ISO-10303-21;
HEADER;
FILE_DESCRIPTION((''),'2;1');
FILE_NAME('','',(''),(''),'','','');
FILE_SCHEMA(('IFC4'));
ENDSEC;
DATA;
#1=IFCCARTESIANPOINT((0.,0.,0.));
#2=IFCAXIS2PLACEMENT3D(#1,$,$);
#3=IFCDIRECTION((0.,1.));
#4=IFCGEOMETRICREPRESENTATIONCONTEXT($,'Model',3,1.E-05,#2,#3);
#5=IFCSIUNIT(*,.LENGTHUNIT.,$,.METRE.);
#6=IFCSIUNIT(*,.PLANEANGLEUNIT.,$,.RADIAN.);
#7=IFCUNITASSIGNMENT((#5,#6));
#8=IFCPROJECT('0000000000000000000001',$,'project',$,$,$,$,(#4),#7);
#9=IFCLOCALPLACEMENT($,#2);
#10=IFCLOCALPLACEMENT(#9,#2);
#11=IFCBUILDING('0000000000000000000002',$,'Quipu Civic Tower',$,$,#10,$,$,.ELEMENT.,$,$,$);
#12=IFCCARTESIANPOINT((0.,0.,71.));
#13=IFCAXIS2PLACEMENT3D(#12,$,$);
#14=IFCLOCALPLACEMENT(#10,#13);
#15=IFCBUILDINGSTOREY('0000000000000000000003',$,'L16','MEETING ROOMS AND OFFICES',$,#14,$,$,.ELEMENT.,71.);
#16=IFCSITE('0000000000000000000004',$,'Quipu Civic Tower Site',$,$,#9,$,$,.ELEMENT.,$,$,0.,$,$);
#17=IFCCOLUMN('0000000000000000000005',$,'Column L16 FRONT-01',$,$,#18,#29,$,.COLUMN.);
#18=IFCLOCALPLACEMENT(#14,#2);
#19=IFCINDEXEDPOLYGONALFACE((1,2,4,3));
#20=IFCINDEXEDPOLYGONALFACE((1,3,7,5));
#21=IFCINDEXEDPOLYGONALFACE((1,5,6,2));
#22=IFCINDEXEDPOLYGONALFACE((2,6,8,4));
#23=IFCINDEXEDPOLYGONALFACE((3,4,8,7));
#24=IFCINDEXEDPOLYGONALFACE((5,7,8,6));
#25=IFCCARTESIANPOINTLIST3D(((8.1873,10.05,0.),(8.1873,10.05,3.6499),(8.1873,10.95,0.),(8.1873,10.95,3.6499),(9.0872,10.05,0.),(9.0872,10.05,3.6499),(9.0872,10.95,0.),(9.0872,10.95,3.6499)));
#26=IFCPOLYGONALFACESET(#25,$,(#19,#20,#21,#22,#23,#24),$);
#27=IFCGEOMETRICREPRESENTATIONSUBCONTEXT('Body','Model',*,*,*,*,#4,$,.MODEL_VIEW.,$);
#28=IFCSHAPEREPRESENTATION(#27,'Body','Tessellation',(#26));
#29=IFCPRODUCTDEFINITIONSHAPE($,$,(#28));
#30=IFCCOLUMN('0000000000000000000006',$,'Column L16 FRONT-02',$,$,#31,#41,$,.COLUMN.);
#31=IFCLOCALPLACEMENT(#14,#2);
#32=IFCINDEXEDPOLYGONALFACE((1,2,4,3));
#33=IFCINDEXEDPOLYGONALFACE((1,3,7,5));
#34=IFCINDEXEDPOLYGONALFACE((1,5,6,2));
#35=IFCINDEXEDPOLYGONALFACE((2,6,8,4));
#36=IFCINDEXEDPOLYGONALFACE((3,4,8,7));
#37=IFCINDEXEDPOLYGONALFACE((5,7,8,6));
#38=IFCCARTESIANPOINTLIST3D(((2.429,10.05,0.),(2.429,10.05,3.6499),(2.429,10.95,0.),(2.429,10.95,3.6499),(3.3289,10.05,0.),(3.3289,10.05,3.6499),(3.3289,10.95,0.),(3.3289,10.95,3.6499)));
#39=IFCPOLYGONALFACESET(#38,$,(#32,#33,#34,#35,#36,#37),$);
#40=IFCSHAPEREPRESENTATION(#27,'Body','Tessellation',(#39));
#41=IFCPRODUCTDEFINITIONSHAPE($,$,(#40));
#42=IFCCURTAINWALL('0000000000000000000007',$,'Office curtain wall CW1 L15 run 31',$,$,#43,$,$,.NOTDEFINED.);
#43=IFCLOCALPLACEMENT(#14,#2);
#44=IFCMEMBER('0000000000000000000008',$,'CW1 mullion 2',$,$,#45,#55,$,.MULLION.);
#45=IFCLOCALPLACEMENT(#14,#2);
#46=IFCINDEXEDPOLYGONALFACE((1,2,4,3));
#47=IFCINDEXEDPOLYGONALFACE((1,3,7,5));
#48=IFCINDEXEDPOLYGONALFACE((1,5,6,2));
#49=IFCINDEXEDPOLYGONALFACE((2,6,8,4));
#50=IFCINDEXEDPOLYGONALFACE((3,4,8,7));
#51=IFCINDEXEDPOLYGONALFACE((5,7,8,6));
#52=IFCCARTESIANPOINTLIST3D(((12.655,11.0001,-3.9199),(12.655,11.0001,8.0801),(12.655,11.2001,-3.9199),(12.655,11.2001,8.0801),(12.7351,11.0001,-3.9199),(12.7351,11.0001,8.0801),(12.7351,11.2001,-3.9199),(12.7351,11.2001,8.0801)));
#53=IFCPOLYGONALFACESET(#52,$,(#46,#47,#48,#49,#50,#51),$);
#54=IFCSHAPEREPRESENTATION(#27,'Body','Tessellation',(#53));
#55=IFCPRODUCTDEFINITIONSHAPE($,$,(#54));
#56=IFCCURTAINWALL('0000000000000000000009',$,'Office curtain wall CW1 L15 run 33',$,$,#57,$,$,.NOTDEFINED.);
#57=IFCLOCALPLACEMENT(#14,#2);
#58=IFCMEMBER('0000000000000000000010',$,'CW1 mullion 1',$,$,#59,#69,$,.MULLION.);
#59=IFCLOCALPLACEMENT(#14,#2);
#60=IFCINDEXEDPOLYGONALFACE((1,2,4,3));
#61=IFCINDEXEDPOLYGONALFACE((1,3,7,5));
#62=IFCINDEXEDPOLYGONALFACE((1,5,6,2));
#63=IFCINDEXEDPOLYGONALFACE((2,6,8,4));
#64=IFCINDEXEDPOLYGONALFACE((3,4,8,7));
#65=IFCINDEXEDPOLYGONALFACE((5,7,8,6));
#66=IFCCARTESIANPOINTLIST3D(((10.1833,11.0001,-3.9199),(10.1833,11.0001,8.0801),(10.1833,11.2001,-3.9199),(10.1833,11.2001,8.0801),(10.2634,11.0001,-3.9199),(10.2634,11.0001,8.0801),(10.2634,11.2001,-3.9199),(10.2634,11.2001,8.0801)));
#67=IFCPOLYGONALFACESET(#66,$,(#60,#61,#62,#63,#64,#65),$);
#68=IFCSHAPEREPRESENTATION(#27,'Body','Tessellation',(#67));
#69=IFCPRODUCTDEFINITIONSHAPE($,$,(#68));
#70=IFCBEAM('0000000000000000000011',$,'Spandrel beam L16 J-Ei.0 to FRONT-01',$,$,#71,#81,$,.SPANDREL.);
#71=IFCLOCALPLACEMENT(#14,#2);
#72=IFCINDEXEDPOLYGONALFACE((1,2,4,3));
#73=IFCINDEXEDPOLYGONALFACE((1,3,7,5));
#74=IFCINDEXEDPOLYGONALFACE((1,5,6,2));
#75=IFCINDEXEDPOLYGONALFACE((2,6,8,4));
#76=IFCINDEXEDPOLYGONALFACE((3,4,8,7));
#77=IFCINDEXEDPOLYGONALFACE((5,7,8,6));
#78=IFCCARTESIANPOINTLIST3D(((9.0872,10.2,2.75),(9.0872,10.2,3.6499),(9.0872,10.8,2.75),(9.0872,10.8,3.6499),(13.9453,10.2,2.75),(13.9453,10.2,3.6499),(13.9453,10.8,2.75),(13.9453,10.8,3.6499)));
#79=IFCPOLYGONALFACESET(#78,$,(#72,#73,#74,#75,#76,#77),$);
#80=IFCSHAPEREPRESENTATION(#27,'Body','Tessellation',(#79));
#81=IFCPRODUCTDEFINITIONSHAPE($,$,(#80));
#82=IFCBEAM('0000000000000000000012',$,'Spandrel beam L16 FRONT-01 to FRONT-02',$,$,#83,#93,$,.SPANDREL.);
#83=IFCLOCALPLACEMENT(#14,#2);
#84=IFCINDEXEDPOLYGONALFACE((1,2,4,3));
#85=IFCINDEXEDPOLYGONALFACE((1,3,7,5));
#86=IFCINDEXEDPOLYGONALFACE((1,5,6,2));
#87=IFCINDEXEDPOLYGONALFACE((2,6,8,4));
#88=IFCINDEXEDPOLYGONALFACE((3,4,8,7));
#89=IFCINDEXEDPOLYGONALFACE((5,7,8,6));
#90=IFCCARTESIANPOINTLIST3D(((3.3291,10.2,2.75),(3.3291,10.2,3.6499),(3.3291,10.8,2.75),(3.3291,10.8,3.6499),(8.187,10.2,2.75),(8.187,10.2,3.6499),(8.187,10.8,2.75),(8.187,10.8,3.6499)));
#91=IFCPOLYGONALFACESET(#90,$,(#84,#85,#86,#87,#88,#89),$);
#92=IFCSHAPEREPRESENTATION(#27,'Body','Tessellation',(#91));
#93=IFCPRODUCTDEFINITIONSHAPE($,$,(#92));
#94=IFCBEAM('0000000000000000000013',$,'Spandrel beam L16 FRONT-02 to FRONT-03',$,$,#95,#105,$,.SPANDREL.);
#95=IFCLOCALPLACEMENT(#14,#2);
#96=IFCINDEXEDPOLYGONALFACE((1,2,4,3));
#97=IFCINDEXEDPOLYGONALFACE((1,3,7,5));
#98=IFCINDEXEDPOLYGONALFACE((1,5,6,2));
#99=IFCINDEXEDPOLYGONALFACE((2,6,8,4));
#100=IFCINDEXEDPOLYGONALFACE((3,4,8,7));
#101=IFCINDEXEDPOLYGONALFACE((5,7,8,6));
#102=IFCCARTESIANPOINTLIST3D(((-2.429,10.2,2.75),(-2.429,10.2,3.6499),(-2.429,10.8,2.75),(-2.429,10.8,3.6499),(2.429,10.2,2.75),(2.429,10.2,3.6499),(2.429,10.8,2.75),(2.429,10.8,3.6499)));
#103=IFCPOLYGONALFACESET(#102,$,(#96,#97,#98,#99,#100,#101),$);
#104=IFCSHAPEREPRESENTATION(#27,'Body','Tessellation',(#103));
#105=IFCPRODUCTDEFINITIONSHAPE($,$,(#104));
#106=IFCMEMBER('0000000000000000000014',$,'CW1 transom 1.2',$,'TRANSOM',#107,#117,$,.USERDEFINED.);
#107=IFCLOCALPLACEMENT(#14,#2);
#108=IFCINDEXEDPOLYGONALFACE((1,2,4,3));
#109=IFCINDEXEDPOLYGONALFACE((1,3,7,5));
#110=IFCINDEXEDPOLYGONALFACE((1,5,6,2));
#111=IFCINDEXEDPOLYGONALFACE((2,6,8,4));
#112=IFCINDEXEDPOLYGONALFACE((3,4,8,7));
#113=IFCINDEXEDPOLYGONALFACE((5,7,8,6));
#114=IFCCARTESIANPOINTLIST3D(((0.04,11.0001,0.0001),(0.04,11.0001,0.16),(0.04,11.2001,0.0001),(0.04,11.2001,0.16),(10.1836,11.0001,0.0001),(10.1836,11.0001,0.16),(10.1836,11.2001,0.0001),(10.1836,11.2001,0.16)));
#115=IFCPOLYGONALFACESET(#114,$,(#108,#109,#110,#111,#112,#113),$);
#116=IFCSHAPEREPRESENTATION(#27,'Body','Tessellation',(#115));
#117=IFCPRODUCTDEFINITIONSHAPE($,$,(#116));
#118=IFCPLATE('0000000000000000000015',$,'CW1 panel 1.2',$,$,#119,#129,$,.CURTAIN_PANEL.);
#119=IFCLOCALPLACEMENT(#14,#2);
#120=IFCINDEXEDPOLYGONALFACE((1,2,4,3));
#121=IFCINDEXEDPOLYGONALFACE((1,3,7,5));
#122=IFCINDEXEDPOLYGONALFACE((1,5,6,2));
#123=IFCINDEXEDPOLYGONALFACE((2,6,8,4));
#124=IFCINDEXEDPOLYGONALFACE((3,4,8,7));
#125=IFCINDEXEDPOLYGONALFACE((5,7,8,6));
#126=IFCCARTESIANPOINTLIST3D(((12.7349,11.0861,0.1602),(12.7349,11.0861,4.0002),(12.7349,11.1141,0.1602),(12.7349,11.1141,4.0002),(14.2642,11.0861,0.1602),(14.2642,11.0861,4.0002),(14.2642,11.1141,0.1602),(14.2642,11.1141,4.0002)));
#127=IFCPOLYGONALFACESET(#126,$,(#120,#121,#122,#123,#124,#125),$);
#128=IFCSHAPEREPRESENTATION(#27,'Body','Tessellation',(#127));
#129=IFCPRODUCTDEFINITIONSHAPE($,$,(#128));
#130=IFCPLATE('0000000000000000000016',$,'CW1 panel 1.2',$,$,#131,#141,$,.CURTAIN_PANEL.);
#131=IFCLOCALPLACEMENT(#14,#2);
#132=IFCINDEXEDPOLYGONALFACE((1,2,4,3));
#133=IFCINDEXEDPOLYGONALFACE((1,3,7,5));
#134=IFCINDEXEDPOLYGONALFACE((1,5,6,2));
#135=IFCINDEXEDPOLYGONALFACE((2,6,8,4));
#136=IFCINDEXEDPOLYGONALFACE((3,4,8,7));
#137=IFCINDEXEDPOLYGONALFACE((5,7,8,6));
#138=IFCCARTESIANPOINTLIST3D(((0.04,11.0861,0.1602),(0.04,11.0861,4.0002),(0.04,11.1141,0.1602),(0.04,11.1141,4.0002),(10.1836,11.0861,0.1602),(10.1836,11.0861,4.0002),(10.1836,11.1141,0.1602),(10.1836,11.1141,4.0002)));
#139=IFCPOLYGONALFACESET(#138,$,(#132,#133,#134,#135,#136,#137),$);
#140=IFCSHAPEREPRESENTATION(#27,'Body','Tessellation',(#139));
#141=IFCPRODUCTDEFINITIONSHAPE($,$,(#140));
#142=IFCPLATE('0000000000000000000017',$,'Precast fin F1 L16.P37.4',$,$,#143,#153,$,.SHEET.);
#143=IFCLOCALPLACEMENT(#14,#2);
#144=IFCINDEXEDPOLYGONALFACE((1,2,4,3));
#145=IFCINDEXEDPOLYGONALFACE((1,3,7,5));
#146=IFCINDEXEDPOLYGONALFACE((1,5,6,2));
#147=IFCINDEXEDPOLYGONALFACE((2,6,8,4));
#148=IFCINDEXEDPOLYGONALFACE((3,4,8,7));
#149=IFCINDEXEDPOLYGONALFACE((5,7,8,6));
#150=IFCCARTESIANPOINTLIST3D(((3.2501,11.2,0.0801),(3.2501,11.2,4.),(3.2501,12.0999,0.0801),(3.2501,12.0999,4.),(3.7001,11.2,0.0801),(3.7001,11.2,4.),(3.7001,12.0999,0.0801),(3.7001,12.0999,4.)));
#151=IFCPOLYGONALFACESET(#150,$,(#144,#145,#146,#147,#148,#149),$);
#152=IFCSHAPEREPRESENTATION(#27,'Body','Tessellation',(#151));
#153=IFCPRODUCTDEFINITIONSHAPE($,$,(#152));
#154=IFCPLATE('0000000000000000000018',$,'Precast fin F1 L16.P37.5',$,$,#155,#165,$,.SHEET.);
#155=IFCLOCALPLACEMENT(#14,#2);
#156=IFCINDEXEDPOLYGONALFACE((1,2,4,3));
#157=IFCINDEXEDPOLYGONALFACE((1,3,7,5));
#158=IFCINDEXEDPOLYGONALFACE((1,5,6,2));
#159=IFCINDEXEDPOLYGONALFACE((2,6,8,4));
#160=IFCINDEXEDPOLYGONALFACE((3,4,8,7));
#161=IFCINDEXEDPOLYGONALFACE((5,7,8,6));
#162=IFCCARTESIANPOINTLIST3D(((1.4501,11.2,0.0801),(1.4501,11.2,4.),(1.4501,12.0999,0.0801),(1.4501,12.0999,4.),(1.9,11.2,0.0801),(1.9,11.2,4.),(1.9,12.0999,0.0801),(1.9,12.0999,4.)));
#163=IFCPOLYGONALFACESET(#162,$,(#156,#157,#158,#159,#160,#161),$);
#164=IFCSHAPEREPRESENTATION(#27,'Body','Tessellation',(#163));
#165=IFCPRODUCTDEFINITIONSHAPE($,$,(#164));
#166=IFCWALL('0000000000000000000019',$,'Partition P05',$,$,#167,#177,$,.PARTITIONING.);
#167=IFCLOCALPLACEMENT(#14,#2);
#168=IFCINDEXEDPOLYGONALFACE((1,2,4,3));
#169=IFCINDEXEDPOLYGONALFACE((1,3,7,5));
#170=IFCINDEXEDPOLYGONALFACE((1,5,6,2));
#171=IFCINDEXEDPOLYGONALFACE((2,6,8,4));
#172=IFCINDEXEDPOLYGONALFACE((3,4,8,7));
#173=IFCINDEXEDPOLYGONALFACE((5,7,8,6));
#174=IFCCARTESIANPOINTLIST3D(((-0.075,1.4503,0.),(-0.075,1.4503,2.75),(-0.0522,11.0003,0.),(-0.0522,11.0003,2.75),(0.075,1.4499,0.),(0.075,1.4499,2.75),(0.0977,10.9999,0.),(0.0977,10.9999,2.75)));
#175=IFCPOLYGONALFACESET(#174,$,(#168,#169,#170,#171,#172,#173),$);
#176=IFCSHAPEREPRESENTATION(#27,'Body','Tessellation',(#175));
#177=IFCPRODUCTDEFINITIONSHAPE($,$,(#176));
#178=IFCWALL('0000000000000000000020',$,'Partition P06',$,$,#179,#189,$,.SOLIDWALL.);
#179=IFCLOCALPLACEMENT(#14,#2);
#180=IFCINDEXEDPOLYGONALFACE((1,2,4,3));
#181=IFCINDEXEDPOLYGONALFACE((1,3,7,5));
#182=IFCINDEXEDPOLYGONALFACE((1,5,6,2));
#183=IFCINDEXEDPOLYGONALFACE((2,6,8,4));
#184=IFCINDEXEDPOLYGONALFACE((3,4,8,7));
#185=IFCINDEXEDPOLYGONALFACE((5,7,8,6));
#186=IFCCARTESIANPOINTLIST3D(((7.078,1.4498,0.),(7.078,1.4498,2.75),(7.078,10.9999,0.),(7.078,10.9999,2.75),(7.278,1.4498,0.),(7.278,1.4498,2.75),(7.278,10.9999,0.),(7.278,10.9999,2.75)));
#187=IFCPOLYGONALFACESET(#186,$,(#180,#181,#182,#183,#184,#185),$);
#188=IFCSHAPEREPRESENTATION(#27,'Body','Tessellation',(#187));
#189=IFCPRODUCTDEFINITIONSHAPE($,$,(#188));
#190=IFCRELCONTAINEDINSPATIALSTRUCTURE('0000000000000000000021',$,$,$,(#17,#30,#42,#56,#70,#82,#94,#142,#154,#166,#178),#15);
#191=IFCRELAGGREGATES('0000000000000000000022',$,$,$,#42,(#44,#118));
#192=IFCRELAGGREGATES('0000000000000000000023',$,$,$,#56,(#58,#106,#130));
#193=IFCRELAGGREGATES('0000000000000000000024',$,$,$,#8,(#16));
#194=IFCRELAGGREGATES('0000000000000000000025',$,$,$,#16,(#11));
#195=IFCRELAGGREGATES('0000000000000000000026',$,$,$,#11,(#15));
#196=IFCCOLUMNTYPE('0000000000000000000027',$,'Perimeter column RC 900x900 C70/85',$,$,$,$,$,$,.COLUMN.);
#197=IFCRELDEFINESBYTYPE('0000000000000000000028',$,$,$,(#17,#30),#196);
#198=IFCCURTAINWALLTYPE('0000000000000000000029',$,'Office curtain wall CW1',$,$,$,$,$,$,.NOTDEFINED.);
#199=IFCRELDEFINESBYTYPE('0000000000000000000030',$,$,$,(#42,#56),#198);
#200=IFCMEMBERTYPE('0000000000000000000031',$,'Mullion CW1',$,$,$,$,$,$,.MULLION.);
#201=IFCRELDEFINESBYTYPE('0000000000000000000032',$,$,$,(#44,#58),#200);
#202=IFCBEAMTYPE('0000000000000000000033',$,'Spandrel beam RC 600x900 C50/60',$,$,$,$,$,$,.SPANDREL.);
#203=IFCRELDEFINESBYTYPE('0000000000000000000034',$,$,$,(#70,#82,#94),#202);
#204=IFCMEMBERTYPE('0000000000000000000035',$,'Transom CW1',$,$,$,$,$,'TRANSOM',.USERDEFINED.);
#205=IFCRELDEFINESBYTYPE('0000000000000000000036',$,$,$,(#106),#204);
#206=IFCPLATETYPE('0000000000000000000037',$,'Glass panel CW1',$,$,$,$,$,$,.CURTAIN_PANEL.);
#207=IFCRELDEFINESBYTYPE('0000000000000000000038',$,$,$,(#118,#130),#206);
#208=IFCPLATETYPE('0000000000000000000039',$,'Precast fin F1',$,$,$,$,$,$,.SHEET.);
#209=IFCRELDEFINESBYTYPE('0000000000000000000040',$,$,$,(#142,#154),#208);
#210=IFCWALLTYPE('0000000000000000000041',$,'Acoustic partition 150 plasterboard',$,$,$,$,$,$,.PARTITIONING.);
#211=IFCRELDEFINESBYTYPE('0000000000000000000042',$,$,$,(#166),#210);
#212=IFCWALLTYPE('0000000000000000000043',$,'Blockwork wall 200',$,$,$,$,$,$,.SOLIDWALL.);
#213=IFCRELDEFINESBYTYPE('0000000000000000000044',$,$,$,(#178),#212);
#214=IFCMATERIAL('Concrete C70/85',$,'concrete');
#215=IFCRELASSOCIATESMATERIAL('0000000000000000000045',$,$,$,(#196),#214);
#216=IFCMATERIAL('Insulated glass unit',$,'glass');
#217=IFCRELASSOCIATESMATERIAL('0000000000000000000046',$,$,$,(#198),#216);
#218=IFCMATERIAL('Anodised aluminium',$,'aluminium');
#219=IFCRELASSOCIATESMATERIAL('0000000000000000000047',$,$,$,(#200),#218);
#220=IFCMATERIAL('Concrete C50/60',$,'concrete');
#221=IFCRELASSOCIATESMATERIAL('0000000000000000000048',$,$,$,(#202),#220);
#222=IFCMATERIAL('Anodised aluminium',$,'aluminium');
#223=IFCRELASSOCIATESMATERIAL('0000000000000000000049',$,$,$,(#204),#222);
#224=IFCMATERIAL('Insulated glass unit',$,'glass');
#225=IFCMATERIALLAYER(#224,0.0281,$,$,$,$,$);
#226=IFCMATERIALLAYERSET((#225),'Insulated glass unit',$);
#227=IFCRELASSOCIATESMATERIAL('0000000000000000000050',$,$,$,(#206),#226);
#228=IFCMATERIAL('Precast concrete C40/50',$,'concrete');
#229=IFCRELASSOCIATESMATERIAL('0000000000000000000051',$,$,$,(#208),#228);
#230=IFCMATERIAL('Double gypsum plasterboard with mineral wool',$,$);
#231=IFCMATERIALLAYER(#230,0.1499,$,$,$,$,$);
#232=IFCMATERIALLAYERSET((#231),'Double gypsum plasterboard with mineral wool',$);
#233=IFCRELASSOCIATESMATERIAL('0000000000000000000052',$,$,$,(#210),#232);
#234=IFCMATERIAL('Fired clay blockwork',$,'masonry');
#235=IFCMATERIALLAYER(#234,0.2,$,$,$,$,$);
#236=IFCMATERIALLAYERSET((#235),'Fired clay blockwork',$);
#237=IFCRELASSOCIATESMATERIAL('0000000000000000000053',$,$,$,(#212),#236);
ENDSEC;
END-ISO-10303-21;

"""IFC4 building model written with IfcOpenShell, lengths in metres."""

from ifc_helpers import new_model, si_unit, direction, frame, frame_2d, origin, origin_2d, place, context, subcontext, project, spatial, rectangle, extrude, material, layer, layer_set, material_profile, profile_set, type_object, element, aggregate, save


model = new_model("IFC4")

# Units and contexts
model_context = context("Model", 3, precision=1e-05, world=origin(), true_north=direction((0.0, 1.0)))
body_context = subcontext(model_context, "Body", "Model", "MODEL_VIEW")
ifc_project = project(units=[si_unit("LENGTHUNIT", "METRE"), si_unit("PLANEANGLEUNIT", "RADIAN")], contexts=[model_context])

# Site, building, storey
site_placement = place(None, origin())
site = spatial("IfcSite", under=ifc_project, at=site_placement, Name="Quipu Civic Tower Site", CompositionType="ELEMENT", RefElevation=0.0)
building_placement = place(site_placement, origin())
building = spatial("IfcBuilding", under=site, at=building_placement, Name="Quipu Civic Tower", CompositionType="ELEMENT")
storey_placement = place(building_placement, frame((0.0, 0.0, 71.0)))
storey = spatial("IfcBuildingStorey", under=building, at=storey_placement, Name="L16", Description="MEETING ROOMS AND OFFICES", CompositionType="ELEMENT", Elevation=71.0)

# Columns
ifc_material_1 = material(Name="Concrete C70/85", Category="concrete")
ifc_material_profile_1 = material_profile(ifc_material_1, rectangle(XDim=0.8999, YDim=0.8999, at=origin_2d()), Name="RC900x900")
ifc_profile_set_1 = profile_set([ifc_material_profile_1], Name="Concrete C70/85")
column_type = type_object("IfcColumnType", Name="Perimeter column RC 900x900 C70/85", PredefinedType="COLUMN", material=ifc_profile_set_1)
for number, where, z_axis, x_axis, name in (
    (1, (8.6372, 10.5, 0.0), (0.0, 0.0, 1.0), (-1.0, 0.0, 0.0), "Column L16 FRONT-01"),
    (2, (2.8789, 10.5, 0.0), (0.0, 0.0, 1.0), (-1.0, 0.0, 0.0), "Column L16 FRONT-02"),
):
    element("IfcColumn", number, at=place(storey_placement, frame(where, z_axis=z_axis, x_axis=x_axis)), inside=storey, type_object=column_type, Name=name, PredefinedType="COLUMN", context=body_context, shape_type="SweptSolid", body=[
        extrude(rectangle(XDim=0.8999, YDim=0.8999, at=origin_2d()), origin(), (0.0, 0.0, 1.0), 3.6499),
    ])

# Curtain walls, members
ifc_material_2 = material(Name="Insulated glass unit", Category="glass")
curtain_wall_type = type_object("IfcCurtainWallType", Name="Office curtain wall CW1", PredefinedType="NOTDEFINED", material=ifc_material_2)
curtain_wall_1_placement = place(storey_placement, origin())
curtain_wall_1 = element("IfcCurtainWall", 3, at=curtain_wall_1_placement, inside=storey, type_object=curtain_wall_type, Name="Office curtain wall CW1 L15 run 31", PredefinedType="NOTDEFINED")
ifc_material_3 = material(Name="Anodised aluminium", Category="aluminium")
ifc_material_profile_2 = material_profile(ifc_material_3, rectangle(XDim=0.2, YDim=0.0801, at=origin_2d()), Name="RECT 200x80")
ifc_profile_set_2 = profile_set([ifc_material_profile_2], Name="Anodised aluminium")
member_type_1 = type_object("IfcMemberType", Name="Mullion CW1", PredefinedType="MULLION", material=ifc_profile_set_2)
member_1_placement = place(storey_placement, frame((12.6951, 11.1001, -3.9199), z_axis=(0.0, 0.0, 1.0), x_axis=(0.0, -1.0, 0.0)))
member_1 = element("IfcMember", 4, at=member_1_placement, type_object=member_type_1, Name="CW1 mullion 2", PredefinedType="MULLION", context=body_context, shape_type="SweptSolid", body=[
    extrude(rectangle(XDim=0.2, YDim=0.0801, at=origin_2d()), origin(), (0.0, 0.0, 1.0), 12.0),
])
curtain_wall_2_placement = place(storey_placement, origin())
curtain_wall_2 = element("IfcCurtainWall", 5, at=curtain_wall_2_placement, inside=storey, type_object=curtain_wall_type, Name="Office curtain wall CW1 L15 run 33", PredefinedType="NOTDEFINED")
member_2_placement = place(storey_placement, frame((10.2234, 11.1001, -3.9199), z_axis=(0.0, 0.0, 1.0), x_axis=(0.0, -1.0, 0.0)))
member_2 = element("IfcMember", 6, at=member_2_placement, type_object=member_type_1, Name="CW1 mullion 1", PredefinedType="MULLION", context=body_context, shape_type="SweptSolid", body=[
    extrude(rectangle(XDim=0.2, YDim=0.0801, at=origin_2d()), origin(), (0.0, 0.0, 1.0), 12.0),
])

# Beams
ifc_material_4 = material(Name="Concrete C50/60", Category="concrete")
ifc_material_profile_3 = material_profile(ifc_material_4, rectangle(XDim=0.6001, YDim=0.8999, at=origin_2d()), Name="RC600x900")
ifc_profile_set_3 = profile_set([ifc_material_profile_3], Name="Concrete C50/60")
beam_type = type_object("IfcBeamType", Name="Spandrel beam RC 600x900 C50/60", PredefinedType="SPANDREL", material=ifc_profile_set_3)
beam_placement = place(storey_placement, frame((13.9453, 10.5, 3.2), z_axis=(-1.0, 0.0, 0.0), x_axis=(0.0, -1.0, 0.0)))
element("IfcBeam", 7, at=beam_placement, inside=storey, type_object=beam_type, Name="Spandrel beam L16 J-Ei.0 to FRONT-01", PredefinedType="SPANDREL", context=body_context, shape_type="SweptSolid", body=[
    extrude(rectangle(XDim=0.6001, YDim=0.8999, at=origin_2d()), origin(), (0.0, 0.0, 1.0), 4.8582),
])
for number, where, z_axis, x_axis, name in (
    (8, (8.187, 10.5, 3.2), (-1.0, 0.0, 0.0), (0.0, -1.0, 0.0), "Spandrel beam L16 FRONT-01 to FRONT-02"),
    (9, (2.429, 10.5, 3.2), (-1.0, 0.0, 0.0), (0.0, -1.0, 0.0), "Spandrel beam L16 FRONT-02 to FRONT-03"),
):
    element("IfcBeam", number, at=place(storey_placement, frame(where, z_axis=z_axis, x_axis=x_axis)), inside=storey, type_object=beam_type, Name=name, PredefinedType="SPANDREL", context=body_context, shape_type="SweptSolid", body=[
        extrude(rectangle(XDim=0.6001, YDim=0.8999, at=origin_2d()), origin(), (0.0, 0.0, 1.0), 4.8579),
    ])

# Member
ifc_material_5 = material(Name="Anodised aluminium", Category="aluminium")
ifc_material_profile_4 = material_profile(ifc_material_5, rectangle(XDim=0.2, YDim=0.1599, at=origin_2d()), Name="RECT 200x160")
ifc_profile_set_4 = profile_set([ifc_material_profile_4], Name="Anodised aluminium")
member_type_2 = type_object("IfcMemberType", Name="Transom CW1", ElementType="TRANSOM", PredefinedType="USERDEFINED", material=ifc_profile_set_4)
member_3_placement = place(storey_placement, frame((10.1836, 11.1001, 0.0801), z_axis=(-1.0, 0.0, 0.0), x_axis=(0.0, -1.0, 0.0)))
member_3 = element("IfcMember", 10, at=member_3_placement, type_object=member_type_2, Name="CW1 transom 1.2", ObjectType="TRANSOM", PredefinedType="USERDEFINED", context=body_context, shape_type="SweptSolid", body=[
    extrude(rectangle(XDim=0.2, YDim=0.1599, at=origin_2d()), origin(), (0.0, 0.0, 1.0), 10.1436),
])

# Plates
ifc_material_6 = material(Name="Insulated glass unit", Category="glass")
ifc_layer_1 = layer(ifc_material_6, 0.0281)
ifc_layer_set_1 = layer_set([ifc_layer_1], Name="Insulated glass unit")
plate_type_1 = type_object("IfcPlateType", Name="Glass panel CW1", PredefinedType="CURTAIN_PANEL", material=ifc_layer_set_1)
plate_1_placement = place(storey_placement, frame((13.4995, 11.1001, 0.1602), z_axis=(0.0, 0.0, 1.0), x_axis=(-1.0, 0.0, 0.0)))
plate_1 = element("IfcPlate", 11, at=plate_1_placement, type_object=plate_type_1, Name="CW1 panel 1.2", PredefinedType="CURTAIN_PANEL", context=body_context, shape_type="SweptSolid", body=[
    extrude(rectangle(XDim=1.5293, YDim=0.0281, at=origin_2d()), origin(), (0.0, 0.0, 1.0), 3.8401),
])
aggregate(curtain_wall_1, [member_1, plate_1])
plate_2_placement = place(storey_placement, frame((5.1118, 11.1001, 0.1602), z_axis=(0.0, 0.0, 1.0), x_axis=(-1.0, 0.0, 0.0)))
plate_2 = element("IfcPlate", 12, at=plate_2_placement, type_object=plate_type_1, Name="CW1 panel 1.2", PredefinedType="CURTAIN_PANEL", context=body_context, shape_type="SweptSolid", body=[
    extrude(rectangle(XDim=10.1436, YDim=0.0281, at=origin_2d()), origin(), (0.0, 0.0, 1.0), 3.8401),
])
aggregate(curtain_wall_2, [member_2, member_3, plate_2])

# Plates
ifc_material_7 = material(Name="Precast concrete C40/50", Category="concrete")
plate_type_2 = type_object("IfcPlateType", Name="Precast fin F1", PredefinedType="SHEET", material=ifc_material_7)
for number, where, z_axis, x_axis, name in (
    (13, (3.4751, 11.6499, 0.0801), (0.0, 0.0, 1.0), (-1.0, 0.0, 0.0), "Precast fin F1 L16.P37.4"),
    (14, (1.675, 11.6499, 0.0801), (0.0, 0.0, 1.0), (-1.0, 0.0, 0.0), "Precast fin F1 L16.P37.5"),
):
    element("IfcPlate", number, at=place(storey_placement, frame(where, z_axis=z_axis, x_axis=x_axis)), inside=storey, type_object=plate_type_2, Name=name, PredefinedType="SHEET", context=body_context, shape_type="SweptSolid", body=[
        extrude(rectangle(XDim=0.45, YDim=0.8999, at=origin_2d()), origin(), (0.0, 0.0, 1.0), 3.9199),
    ])

# Walls
ifc_material_8 = material(Name="Double gypsum plasterboard with mineral wool")
ifc_layer_2 = layer(ifc_material_8, 0.1499)
ifc_layer_set_2 = layer_set([ifc_layer_2], Name="Double gypsum plasterboard with mineral wool")
wall_type_1 = type_object("IfcWallType", Name="Acoustic partition 150 plasterboard", PredefinedType="PARTITIONING", material=ifc_layer_set_2)
wall_1_placement = place(storey_placement, frame((0.0227, 11.0, 0.0), z_axis=(0.0, 0.0, 1.0), x_axis=(-0.002377, -0.999997, 0.0)))
element("IfcWall", 15, at=wall_1_placement, inside=storey, type_object=wall_type_1, Name="Partition P05", PredefinedType="PARTITIONING", context=body_context, shape_type="SweptSolid", body=[
    extrude(rectangle(XDim=9.55, YDim=0.1499, at=frame_2d((4.7749, 0.0))), origin(), (0.0, 0.0, 1.0), 2.75),
])
ifc_material_9 = material(Name="Fired clay blockwork", Category="masonry")
ifc_layer_3 = layer(ifc_material_9, 0.2)
ifc_layer_set_3 = layer_set([ifc_layer_3], Name="Fired clay blockwork")
wall_type_2 = type_object("IfcWallType", Name="Blockwork wall 200", PredefinedType="SOLIDWALL", material=ifc_layer_set_3)
wall_2_placement = place(storey_placement, frame((7.178, 1.45, 0.0), z_axis=(0.0, 0.0, 1.0), x_axis=(0.0, 1.0, 0.0)))
element("IfcWall", 16, at=wall_2_placement, inside=storey, type_object=wall_type_2, Name="Partition P06", PredefinedType="SOLIDWALL", context=body_context, shape_type="SweptSolid", body=[
    extrude(rectangle(XDim=9.55, YDim=0.2, at=frame_2d((4.7749, 0.0))), origin(), (0.0, 0.0, 1.0), 2.75),
])

save(model, "model.ifc")
